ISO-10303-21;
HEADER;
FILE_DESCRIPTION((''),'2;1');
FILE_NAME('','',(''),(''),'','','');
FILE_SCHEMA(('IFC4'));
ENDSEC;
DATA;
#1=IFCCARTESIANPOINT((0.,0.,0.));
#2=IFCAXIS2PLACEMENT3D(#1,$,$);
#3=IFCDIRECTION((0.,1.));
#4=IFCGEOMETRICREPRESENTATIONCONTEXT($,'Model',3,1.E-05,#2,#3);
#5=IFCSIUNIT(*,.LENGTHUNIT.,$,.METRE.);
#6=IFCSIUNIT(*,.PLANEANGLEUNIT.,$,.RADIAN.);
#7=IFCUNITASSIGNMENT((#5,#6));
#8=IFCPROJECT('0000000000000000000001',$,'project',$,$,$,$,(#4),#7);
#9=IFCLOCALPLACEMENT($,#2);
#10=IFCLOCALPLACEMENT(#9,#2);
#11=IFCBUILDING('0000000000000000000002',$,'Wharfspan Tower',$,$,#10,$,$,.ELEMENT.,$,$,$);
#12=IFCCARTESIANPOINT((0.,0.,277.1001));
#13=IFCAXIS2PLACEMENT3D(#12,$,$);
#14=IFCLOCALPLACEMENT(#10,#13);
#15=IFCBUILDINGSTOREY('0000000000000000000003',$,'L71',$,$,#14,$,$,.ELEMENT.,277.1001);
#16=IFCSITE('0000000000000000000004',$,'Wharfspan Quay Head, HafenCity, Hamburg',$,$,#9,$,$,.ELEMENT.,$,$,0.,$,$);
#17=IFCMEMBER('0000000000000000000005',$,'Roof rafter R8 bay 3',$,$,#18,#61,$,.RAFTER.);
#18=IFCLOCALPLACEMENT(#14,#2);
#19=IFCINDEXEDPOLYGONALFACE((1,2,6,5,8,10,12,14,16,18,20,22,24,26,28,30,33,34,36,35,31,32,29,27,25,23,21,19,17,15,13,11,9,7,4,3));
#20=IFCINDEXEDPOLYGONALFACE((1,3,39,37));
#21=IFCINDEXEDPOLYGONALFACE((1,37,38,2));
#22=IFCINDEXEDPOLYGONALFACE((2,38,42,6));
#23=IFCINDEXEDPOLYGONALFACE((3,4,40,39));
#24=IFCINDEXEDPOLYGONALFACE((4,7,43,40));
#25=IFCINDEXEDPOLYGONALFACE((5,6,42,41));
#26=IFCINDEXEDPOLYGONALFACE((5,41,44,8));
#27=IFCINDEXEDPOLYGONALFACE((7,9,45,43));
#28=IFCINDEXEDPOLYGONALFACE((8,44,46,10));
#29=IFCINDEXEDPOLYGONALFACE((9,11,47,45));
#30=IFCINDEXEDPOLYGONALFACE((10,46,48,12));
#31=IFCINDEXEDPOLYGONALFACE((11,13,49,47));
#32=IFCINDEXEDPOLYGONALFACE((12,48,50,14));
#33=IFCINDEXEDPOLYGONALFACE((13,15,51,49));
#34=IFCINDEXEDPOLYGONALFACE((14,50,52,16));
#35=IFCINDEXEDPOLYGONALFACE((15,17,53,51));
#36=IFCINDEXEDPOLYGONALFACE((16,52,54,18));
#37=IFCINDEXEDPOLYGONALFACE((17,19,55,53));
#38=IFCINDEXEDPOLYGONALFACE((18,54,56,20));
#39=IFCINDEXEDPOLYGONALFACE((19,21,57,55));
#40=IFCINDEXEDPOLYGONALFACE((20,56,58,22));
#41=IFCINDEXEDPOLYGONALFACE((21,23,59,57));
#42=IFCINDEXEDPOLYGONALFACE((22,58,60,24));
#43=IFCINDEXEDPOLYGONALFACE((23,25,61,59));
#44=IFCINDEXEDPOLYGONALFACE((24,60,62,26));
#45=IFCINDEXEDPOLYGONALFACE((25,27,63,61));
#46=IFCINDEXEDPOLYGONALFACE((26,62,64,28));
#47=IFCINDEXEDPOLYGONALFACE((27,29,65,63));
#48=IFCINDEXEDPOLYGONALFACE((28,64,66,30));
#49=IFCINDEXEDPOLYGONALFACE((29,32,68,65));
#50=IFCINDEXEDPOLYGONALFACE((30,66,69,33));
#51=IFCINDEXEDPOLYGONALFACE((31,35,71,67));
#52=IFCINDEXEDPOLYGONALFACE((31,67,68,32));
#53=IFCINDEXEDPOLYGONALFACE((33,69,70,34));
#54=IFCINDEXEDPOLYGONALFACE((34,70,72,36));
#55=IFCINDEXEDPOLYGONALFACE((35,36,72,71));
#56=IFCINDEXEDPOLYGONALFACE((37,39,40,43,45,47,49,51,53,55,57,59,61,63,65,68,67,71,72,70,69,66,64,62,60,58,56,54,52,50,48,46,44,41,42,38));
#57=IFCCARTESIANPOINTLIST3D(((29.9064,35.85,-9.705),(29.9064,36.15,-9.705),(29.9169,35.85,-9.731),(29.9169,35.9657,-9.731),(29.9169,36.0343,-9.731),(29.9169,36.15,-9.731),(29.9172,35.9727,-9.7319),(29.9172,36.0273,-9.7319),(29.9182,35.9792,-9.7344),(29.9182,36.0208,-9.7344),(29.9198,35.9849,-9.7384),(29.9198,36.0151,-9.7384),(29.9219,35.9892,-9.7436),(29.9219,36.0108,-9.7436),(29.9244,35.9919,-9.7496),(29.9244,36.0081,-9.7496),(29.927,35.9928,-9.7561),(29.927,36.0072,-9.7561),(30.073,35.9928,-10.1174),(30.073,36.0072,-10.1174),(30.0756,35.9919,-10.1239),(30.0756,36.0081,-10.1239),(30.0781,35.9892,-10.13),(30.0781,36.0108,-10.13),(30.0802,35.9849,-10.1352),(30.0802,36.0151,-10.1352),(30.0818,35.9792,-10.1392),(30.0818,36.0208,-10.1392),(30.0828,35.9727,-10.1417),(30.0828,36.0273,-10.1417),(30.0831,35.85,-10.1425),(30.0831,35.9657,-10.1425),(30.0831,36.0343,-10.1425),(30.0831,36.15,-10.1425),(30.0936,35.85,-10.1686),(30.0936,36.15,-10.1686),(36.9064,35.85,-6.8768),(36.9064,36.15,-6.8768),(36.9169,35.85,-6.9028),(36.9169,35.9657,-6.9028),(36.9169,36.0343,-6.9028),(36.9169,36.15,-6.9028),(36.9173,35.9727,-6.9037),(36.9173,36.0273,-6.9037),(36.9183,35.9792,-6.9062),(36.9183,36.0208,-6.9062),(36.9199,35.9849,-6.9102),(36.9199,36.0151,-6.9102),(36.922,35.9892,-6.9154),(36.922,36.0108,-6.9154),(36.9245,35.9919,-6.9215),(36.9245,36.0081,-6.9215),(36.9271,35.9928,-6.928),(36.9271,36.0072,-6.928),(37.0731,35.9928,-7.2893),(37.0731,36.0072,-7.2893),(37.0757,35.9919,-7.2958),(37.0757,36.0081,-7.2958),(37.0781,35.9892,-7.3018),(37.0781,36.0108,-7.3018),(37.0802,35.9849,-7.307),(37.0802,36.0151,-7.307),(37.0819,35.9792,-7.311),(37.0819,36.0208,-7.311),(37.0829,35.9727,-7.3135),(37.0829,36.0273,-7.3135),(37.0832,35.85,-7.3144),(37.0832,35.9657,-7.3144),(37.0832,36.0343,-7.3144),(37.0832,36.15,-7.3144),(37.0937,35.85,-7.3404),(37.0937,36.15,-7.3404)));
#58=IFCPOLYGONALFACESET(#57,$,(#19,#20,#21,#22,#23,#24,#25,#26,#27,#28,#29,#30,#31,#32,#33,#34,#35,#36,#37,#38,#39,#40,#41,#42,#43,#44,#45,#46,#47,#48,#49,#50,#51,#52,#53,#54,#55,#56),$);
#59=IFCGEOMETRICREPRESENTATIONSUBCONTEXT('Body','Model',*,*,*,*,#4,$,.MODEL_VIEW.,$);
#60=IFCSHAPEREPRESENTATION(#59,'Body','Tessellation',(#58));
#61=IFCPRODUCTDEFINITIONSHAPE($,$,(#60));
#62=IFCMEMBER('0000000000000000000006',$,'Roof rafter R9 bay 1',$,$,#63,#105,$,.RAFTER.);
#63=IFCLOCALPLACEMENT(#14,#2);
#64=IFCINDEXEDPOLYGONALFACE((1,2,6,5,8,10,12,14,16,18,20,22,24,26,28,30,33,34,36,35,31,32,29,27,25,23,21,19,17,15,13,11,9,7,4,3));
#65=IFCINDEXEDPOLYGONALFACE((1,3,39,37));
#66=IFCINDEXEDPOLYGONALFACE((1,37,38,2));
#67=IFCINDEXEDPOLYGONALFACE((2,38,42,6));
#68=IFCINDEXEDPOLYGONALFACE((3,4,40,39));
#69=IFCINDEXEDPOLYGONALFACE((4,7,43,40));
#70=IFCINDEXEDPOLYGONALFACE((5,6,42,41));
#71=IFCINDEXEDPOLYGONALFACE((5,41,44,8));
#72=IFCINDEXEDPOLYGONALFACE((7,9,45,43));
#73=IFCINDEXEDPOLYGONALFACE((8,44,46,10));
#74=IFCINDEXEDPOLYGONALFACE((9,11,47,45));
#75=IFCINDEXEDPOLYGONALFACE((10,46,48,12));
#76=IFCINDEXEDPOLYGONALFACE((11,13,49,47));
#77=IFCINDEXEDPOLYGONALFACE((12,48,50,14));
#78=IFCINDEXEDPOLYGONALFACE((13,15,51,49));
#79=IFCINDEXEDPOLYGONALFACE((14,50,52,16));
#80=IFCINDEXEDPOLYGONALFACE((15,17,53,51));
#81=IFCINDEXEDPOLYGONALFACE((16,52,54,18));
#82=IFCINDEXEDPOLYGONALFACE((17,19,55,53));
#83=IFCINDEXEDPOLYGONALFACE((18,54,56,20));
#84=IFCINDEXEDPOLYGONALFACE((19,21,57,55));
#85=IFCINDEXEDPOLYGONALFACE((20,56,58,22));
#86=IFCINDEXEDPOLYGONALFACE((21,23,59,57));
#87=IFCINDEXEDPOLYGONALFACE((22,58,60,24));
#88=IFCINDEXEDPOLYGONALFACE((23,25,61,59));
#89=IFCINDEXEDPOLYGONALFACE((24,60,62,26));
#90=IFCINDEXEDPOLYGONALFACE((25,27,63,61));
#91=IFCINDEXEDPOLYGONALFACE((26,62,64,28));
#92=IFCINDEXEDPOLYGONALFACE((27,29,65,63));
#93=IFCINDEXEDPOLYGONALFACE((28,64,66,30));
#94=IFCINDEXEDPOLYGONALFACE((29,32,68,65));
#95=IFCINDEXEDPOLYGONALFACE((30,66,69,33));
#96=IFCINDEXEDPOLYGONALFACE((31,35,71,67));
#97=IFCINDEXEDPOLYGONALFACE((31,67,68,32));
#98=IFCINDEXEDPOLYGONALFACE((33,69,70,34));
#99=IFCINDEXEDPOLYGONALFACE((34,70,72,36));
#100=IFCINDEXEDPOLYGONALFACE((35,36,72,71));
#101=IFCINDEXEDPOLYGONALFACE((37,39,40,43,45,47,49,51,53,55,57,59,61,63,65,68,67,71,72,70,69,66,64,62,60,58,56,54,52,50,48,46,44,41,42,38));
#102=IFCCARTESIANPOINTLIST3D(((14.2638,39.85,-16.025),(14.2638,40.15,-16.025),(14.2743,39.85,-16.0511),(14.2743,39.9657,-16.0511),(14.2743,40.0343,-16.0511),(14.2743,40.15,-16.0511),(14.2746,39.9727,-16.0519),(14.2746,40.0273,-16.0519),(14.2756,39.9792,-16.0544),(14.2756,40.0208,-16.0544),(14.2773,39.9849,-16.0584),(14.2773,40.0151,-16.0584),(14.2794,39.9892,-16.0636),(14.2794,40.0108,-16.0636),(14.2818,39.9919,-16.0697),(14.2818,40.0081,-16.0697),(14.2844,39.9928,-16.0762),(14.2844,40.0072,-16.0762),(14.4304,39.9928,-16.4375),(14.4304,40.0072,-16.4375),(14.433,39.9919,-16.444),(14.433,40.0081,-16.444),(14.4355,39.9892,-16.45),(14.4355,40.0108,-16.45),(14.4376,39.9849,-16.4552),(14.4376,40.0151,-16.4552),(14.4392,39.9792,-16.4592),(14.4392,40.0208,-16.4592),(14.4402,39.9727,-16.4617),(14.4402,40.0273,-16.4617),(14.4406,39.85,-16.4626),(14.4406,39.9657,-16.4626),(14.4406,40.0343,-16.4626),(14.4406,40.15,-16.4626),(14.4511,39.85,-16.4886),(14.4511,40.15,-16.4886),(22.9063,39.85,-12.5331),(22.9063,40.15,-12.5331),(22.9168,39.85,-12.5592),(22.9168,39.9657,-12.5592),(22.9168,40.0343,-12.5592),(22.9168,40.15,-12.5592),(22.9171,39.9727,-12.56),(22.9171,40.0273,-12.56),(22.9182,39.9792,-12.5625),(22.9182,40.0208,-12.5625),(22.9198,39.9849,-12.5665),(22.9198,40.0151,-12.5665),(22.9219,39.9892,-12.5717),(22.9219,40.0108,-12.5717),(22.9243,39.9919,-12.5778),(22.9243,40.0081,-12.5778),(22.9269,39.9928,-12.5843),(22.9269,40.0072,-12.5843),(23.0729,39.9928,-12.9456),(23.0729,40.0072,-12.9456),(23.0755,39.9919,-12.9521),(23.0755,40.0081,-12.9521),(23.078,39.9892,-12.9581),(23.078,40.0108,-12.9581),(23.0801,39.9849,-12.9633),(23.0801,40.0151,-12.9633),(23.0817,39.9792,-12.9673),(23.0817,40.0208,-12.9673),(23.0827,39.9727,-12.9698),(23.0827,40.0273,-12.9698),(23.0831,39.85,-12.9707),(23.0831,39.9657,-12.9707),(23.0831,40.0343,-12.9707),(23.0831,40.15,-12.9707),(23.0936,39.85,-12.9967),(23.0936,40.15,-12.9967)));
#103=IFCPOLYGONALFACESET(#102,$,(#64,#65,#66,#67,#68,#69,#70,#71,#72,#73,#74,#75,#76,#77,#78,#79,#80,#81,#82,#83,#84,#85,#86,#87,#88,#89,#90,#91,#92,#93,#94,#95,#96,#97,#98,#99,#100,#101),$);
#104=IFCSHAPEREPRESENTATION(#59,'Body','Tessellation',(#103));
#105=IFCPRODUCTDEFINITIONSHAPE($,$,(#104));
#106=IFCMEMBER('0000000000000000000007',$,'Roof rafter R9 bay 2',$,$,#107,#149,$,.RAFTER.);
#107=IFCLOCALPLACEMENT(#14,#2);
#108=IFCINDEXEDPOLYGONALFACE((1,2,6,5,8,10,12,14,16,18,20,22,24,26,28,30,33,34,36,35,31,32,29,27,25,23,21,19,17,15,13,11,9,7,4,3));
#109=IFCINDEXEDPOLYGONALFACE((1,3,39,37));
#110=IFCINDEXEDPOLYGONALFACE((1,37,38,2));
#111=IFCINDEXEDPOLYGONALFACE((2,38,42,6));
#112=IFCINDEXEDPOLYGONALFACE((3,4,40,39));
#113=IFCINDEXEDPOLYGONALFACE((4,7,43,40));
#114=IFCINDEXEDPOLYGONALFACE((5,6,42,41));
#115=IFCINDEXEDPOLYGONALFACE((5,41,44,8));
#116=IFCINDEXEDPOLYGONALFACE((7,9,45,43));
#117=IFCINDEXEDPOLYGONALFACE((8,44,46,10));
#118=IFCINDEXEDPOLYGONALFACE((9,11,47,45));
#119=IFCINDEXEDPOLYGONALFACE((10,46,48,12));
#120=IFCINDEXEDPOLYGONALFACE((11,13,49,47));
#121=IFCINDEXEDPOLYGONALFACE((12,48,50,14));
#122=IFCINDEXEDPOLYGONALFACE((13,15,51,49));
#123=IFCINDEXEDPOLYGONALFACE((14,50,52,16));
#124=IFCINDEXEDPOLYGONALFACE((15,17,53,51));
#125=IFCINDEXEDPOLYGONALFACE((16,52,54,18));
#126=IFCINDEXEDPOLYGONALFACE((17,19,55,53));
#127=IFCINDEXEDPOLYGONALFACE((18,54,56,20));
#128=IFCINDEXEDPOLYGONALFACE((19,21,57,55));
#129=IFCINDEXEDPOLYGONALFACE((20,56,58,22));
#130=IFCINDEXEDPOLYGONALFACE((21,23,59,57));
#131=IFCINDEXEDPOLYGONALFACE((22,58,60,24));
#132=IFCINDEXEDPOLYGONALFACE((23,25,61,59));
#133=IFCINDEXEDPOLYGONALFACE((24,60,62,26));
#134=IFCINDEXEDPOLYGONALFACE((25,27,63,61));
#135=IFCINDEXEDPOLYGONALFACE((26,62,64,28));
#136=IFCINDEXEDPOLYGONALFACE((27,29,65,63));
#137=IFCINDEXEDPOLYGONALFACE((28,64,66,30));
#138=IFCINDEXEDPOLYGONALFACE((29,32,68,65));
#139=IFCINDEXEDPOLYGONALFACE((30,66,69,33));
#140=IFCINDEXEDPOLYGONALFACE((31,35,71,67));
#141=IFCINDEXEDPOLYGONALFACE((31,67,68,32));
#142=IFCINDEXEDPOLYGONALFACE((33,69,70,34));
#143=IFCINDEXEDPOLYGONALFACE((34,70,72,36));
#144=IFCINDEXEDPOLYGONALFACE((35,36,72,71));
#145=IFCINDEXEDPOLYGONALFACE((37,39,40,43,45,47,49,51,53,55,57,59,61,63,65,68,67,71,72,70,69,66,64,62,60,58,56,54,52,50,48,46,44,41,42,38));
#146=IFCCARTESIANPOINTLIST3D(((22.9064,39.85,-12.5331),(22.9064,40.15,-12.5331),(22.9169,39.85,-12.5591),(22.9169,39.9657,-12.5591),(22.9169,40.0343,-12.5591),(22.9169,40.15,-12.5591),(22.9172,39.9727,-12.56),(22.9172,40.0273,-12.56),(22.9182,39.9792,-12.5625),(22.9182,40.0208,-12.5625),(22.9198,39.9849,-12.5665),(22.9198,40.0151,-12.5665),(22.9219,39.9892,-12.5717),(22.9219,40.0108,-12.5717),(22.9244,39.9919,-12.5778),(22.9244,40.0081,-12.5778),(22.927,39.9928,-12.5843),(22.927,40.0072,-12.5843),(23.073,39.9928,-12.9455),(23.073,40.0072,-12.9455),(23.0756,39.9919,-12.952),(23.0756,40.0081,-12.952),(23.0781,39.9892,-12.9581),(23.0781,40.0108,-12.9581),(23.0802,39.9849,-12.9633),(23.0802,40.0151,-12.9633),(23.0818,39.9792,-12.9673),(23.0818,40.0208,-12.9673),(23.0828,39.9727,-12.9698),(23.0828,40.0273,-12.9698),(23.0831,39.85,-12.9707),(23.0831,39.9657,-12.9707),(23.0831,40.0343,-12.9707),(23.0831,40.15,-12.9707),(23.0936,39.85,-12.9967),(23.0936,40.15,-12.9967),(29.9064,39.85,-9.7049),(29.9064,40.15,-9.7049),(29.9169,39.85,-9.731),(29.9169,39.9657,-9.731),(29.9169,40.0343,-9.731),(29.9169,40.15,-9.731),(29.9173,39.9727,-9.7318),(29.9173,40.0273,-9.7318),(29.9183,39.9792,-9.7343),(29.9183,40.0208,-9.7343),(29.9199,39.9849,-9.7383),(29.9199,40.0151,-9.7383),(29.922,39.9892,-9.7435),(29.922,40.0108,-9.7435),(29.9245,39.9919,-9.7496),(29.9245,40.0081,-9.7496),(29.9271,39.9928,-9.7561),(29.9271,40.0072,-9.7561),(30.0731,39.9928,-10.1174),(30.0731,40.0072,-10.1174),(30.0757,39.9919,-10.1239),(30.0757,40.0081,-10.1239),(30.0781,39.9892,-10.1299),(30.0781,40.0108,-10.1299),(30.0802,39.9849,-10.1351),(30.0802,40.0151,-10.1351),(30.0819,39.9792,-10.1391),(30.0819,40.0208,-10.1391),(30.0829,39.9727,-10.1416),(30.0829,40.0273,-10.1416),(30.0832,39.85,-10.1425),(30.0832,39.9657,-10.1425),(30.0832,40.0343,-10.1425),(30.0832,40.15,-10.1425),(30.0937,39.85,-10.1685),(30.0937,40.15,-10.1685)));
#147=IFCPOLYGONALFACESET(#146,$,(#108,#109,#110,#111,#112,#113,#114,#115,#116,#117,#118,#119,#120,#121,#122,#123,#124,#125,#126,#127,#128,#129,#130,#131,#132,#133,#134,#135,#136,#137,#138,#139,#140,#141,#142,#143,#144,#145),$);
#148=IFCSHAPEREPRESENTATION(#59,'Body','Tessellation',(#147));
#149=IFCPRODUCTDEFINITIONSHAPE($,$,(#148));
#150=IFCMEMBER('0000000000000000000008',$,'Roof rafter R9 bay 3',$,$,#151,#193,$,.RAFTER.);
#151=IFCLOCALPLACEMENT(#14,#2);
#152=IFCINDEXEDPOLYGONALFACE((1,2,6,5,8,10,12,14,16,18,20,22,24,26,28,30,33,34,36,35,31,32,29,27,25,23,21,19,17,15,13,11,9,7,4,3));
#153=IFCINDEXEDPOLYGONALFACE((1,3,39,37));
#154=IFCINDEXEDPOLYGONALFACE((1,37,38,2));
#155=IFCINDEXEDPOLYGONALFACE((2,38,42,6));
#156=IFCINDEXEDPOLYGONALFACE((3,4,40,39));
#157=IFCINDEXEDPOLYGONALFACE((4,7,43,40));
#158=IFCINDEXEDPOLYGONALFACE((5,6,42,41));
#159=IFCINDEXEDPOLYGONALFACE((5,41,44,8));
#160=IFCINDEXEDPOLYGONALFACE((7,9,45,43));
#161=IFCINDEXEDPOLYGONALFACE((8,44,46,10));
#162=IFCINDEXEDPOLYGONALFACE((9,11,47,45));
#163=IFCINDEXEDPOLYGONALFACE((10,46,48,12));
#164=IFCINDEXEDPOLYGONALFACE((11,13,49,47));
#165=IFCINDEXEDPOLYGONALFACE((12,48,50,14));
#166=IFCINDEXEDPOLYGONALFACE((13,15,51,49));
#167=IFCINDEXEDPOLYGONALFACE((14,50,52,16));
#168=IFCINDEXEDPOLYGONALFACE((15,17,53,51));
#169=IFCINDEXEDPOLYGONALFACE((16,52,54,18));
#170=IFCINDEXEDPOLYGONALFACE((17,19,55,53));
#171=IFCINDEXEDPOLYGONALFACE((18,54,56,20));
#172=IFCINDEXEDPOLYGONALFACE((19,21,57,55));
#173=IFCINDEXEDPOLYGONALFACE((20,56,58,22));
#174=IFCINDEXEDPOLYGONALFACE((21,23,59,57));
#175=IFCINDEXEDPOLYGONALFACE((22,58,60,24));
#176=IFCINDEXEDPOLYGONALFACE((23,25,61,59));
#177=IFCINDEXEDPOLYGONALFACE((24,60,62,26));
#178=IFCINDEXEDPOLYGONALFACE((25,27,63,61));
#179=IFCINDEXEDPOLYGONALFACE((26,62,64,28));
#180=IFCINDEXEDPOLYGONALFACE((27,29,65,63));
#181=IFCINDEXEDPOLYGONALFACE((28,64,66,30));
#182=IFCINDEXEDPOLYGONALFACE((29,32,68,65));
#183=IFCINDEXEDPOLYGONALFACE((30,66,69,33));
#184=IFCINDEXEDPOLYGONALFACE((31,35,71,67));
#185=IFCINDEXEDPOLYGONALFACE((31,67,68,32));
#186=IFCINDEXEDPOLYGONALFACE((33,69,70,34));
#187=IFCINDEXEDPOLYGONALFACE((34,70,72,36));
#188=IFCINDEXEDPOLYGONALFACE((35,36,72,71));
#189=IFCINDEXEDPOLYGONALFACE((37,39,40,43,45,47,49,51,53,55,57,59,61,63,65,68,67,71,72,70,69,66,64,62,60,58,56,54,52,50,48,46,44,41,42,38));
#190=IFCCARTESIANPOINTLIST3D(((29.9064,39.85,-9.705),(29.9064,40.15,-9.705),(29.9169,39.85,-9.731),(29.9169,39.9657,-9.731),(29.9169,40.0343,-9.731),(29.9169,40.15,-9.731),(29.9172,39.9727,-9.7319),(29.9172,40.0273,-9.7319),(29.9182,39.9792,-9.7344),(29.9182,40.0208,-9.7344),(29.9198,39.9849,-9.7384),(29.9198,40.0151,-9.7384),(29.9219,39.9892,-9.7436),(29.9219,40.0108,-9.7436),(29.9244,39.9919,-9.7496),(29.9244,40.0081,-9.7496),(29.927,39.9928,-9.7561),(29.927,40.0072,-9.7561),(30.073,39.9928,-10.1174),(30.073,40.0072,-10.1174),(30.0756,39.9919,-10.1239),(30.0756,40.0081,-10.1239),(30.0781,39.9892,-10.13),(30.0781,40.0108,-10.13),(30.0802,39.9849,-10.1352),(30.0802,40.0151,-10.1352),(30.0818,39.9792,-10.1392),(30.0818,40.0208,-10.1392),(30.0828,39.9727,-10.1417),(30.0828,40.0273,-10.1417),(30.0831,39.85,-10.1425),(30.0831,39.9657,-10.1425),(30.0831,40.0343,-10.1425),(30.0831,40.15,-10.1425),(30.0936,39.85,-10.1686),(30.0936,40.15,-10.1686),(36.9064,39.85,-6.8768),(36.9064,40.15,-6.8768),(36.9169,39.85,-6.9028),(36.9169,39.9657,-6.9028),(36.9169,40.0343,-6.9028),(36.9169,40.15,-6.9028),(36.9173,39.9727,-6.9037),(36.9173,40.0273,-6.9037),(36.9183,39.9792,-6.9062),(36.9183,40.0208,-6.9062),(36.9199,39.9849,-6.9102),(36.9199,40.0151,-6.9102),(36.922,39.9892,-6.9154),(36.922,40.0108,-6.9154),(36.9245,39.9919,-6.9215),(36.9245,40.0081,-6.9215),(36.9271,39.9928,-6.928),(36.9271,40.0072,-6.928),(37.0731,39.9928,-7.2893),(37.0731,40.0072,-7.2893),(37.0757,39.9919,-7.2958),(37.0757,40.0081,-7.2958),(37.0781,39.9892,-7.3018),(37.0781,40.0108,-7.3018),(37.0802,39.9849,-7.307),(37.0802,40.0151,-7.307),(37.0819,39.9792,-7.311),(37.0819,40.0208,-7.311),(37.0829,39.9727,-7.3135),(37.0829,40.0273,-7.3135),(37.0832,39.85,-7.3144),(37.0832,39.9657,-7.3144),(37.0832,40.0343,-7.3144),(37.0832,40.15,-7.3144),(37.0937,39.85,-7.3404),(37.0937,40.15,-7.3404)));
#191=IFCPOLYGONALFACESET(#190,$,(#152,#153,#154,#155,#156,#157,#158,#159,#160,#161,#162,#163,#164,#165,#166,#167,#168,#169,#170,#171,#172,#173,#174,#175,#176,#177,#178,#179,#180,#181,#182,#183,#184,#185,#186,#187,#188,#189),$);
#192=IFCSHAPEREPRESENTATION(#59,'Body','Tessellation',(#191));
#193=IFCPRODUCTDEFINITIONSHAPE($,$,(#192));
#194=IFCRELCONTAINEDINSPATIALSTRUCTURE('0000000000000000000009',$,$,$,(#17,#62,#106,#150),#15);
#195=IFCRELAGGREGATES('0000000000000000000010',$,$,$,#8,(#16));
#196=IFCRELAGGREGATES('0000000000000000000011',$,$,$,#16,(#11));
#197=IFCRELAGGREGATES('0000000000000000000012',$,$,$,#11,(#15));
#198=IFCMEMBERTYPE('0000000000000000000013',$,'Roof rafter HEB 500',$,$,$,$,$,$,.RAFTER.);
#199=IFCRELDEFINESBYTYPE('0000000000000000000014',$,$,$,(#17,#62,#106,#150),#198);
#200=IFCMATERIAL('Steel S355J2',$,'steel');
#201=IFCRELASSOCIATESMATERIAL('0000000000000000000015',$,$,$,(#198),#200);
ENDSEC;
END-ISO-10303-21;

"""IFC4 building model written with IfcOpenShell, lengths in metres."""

from ifc_helpers import new_model, si_unit, direction, frame, origin, origin_2d, place, context, subcontext, project, spatial, i_section, extrude, material, material_profile, profile_set, type_object, element, save


model = new_model("IFC4")

# Units and contexts
model_context = context("Model", 3, precision=1e-05, world=origin(), true_north=direction((0.0, 1.0)))
body_context = subcontext(model_context, "Body", "Model", "MODEL_VIEW")
ifc_project = project(units=[si_unit("LENGTHUNIT", "METRE"), si_unit("PLANEANGLEUNIT", "RADIAN")], contexts=[model_context])

# Site, building, storey
site_placement = place(None, origin())
site = spatial("IfcSite", under=ifc_project, at=site_placement, Name="Wharfspan Quay Head, HafenCity, Hamburg", CompositionType="ELEMENT", RefElevation=0.0)
building_placement = place(site_placement, origin())
building = spatial("IfcBuilding", under=site, at=building_placement, Name="Wharfspan Tower", CompositionType="ELEMENT")
storey_placement = place(building_placement, frame((0.0, 0.0, 277.1001)))
storey = spatial("IfcBuildingStorey", under=building, at=storey_placement, Name="L71", CompositionType="ELEMENT", Elevation=277.1001)

# Members
ifc_material = material(Name="Steel S355J2", Category="steel")
ifc_material_profile = material_profile(ifc_material, i_section(OverallWidth=0.3, OverallDepth=0.5, WebThickness=0.0144, FlangeThickness=0.0281, FilletRadius=0.0271, at=origin_2d()))
ifc_profile_set = profile_set([ifc_material_profile], Name="Steel S355J2")
member_type = type_object("IfcMemberType", Name="Roof rafter HEB 500", PredefinedType="RAFTER", material=ifc_profile_set)
for number, where, z_axis, x_axis, name in (
    (1, (30.0, 36.0, -9.9368), (0.927187, 0.0, 0.3746), (0.0, 1.0, 0.0), "Roof rafter R8 bay 3"),
):
    element("IfcMember", number, at=place(storey_placement, frame(where, z_axis=z_axis, x_axis=x_axis)), inside=storey, type_object=member_type, Name=name, PredefinedType="RAFTER", context=body_context, shape_type="SweptSolid", body=[
        extrude(i_section(OverallWidth=0.3, OverallDepth=0.5, WebThickness=0.0144, FlangeThickness=0.0281, FilletRadius=0.0271, at=origin_2d()), origin(), (0.0, 0.0, 1.0), 7.5498),
    ])
member_1_placement = place(storey_placement, frame((14.3574, 40.0, -16.2568), z_axis=(0.92718, 0.0, 0.374617), x_axis=(0.0, 1.0, 0.0)))
element("IfcMember", 2, at=member_1_placement, inside=storey, type_object=member_type, Name="Roof rafter R9 bay 1", PredefinedType="RAFTER", context=body_context, shape_type="SweptSolid", body=[
    extrude(i_section(OverallWidth=0.3, OverallDepth=0.5, WebThickness=0.0144, FlangeThickness=0.0281, FilletRadius=0.0271, at=origin_2d()), origin(), (0.0, 0.0, 1.0), 9.3213),
])
for number, where, z_axis, x_axis, name in (
    (3, (23.0, 40.0, -12.7649), (0.927187, 0.0, 0.3746), (0.0, 1.0, 0.0), "Roof rafter R9 bay 2"),
    (4, (30.0, 40.0, -9.9368), (0.927187, 0.0, 0.3746), (0.0, 1.0, 0.0), "Roof rafter R9 bay 3"),
):
    element("IfcMember", number, at=place(storey_placement, frame(where, z_axis=z_axis, x_axis=x_axis)), inside=storey, type_object=member_type, Name=name, PredefinedType="RAFTER", context=body_context, shape_type="SweptSolid", body=[
        extrude(i_section(OverallWidth=0.3, OverallDepth=0.5, WebThickness=0.0144, FlangeThickness=0.0281, FilletRadius=0.0271, at=origin_2d()), origin(), (0.0, 0.0, 1.0), 7.5498),
    ])

save(model, "model.ifc")
